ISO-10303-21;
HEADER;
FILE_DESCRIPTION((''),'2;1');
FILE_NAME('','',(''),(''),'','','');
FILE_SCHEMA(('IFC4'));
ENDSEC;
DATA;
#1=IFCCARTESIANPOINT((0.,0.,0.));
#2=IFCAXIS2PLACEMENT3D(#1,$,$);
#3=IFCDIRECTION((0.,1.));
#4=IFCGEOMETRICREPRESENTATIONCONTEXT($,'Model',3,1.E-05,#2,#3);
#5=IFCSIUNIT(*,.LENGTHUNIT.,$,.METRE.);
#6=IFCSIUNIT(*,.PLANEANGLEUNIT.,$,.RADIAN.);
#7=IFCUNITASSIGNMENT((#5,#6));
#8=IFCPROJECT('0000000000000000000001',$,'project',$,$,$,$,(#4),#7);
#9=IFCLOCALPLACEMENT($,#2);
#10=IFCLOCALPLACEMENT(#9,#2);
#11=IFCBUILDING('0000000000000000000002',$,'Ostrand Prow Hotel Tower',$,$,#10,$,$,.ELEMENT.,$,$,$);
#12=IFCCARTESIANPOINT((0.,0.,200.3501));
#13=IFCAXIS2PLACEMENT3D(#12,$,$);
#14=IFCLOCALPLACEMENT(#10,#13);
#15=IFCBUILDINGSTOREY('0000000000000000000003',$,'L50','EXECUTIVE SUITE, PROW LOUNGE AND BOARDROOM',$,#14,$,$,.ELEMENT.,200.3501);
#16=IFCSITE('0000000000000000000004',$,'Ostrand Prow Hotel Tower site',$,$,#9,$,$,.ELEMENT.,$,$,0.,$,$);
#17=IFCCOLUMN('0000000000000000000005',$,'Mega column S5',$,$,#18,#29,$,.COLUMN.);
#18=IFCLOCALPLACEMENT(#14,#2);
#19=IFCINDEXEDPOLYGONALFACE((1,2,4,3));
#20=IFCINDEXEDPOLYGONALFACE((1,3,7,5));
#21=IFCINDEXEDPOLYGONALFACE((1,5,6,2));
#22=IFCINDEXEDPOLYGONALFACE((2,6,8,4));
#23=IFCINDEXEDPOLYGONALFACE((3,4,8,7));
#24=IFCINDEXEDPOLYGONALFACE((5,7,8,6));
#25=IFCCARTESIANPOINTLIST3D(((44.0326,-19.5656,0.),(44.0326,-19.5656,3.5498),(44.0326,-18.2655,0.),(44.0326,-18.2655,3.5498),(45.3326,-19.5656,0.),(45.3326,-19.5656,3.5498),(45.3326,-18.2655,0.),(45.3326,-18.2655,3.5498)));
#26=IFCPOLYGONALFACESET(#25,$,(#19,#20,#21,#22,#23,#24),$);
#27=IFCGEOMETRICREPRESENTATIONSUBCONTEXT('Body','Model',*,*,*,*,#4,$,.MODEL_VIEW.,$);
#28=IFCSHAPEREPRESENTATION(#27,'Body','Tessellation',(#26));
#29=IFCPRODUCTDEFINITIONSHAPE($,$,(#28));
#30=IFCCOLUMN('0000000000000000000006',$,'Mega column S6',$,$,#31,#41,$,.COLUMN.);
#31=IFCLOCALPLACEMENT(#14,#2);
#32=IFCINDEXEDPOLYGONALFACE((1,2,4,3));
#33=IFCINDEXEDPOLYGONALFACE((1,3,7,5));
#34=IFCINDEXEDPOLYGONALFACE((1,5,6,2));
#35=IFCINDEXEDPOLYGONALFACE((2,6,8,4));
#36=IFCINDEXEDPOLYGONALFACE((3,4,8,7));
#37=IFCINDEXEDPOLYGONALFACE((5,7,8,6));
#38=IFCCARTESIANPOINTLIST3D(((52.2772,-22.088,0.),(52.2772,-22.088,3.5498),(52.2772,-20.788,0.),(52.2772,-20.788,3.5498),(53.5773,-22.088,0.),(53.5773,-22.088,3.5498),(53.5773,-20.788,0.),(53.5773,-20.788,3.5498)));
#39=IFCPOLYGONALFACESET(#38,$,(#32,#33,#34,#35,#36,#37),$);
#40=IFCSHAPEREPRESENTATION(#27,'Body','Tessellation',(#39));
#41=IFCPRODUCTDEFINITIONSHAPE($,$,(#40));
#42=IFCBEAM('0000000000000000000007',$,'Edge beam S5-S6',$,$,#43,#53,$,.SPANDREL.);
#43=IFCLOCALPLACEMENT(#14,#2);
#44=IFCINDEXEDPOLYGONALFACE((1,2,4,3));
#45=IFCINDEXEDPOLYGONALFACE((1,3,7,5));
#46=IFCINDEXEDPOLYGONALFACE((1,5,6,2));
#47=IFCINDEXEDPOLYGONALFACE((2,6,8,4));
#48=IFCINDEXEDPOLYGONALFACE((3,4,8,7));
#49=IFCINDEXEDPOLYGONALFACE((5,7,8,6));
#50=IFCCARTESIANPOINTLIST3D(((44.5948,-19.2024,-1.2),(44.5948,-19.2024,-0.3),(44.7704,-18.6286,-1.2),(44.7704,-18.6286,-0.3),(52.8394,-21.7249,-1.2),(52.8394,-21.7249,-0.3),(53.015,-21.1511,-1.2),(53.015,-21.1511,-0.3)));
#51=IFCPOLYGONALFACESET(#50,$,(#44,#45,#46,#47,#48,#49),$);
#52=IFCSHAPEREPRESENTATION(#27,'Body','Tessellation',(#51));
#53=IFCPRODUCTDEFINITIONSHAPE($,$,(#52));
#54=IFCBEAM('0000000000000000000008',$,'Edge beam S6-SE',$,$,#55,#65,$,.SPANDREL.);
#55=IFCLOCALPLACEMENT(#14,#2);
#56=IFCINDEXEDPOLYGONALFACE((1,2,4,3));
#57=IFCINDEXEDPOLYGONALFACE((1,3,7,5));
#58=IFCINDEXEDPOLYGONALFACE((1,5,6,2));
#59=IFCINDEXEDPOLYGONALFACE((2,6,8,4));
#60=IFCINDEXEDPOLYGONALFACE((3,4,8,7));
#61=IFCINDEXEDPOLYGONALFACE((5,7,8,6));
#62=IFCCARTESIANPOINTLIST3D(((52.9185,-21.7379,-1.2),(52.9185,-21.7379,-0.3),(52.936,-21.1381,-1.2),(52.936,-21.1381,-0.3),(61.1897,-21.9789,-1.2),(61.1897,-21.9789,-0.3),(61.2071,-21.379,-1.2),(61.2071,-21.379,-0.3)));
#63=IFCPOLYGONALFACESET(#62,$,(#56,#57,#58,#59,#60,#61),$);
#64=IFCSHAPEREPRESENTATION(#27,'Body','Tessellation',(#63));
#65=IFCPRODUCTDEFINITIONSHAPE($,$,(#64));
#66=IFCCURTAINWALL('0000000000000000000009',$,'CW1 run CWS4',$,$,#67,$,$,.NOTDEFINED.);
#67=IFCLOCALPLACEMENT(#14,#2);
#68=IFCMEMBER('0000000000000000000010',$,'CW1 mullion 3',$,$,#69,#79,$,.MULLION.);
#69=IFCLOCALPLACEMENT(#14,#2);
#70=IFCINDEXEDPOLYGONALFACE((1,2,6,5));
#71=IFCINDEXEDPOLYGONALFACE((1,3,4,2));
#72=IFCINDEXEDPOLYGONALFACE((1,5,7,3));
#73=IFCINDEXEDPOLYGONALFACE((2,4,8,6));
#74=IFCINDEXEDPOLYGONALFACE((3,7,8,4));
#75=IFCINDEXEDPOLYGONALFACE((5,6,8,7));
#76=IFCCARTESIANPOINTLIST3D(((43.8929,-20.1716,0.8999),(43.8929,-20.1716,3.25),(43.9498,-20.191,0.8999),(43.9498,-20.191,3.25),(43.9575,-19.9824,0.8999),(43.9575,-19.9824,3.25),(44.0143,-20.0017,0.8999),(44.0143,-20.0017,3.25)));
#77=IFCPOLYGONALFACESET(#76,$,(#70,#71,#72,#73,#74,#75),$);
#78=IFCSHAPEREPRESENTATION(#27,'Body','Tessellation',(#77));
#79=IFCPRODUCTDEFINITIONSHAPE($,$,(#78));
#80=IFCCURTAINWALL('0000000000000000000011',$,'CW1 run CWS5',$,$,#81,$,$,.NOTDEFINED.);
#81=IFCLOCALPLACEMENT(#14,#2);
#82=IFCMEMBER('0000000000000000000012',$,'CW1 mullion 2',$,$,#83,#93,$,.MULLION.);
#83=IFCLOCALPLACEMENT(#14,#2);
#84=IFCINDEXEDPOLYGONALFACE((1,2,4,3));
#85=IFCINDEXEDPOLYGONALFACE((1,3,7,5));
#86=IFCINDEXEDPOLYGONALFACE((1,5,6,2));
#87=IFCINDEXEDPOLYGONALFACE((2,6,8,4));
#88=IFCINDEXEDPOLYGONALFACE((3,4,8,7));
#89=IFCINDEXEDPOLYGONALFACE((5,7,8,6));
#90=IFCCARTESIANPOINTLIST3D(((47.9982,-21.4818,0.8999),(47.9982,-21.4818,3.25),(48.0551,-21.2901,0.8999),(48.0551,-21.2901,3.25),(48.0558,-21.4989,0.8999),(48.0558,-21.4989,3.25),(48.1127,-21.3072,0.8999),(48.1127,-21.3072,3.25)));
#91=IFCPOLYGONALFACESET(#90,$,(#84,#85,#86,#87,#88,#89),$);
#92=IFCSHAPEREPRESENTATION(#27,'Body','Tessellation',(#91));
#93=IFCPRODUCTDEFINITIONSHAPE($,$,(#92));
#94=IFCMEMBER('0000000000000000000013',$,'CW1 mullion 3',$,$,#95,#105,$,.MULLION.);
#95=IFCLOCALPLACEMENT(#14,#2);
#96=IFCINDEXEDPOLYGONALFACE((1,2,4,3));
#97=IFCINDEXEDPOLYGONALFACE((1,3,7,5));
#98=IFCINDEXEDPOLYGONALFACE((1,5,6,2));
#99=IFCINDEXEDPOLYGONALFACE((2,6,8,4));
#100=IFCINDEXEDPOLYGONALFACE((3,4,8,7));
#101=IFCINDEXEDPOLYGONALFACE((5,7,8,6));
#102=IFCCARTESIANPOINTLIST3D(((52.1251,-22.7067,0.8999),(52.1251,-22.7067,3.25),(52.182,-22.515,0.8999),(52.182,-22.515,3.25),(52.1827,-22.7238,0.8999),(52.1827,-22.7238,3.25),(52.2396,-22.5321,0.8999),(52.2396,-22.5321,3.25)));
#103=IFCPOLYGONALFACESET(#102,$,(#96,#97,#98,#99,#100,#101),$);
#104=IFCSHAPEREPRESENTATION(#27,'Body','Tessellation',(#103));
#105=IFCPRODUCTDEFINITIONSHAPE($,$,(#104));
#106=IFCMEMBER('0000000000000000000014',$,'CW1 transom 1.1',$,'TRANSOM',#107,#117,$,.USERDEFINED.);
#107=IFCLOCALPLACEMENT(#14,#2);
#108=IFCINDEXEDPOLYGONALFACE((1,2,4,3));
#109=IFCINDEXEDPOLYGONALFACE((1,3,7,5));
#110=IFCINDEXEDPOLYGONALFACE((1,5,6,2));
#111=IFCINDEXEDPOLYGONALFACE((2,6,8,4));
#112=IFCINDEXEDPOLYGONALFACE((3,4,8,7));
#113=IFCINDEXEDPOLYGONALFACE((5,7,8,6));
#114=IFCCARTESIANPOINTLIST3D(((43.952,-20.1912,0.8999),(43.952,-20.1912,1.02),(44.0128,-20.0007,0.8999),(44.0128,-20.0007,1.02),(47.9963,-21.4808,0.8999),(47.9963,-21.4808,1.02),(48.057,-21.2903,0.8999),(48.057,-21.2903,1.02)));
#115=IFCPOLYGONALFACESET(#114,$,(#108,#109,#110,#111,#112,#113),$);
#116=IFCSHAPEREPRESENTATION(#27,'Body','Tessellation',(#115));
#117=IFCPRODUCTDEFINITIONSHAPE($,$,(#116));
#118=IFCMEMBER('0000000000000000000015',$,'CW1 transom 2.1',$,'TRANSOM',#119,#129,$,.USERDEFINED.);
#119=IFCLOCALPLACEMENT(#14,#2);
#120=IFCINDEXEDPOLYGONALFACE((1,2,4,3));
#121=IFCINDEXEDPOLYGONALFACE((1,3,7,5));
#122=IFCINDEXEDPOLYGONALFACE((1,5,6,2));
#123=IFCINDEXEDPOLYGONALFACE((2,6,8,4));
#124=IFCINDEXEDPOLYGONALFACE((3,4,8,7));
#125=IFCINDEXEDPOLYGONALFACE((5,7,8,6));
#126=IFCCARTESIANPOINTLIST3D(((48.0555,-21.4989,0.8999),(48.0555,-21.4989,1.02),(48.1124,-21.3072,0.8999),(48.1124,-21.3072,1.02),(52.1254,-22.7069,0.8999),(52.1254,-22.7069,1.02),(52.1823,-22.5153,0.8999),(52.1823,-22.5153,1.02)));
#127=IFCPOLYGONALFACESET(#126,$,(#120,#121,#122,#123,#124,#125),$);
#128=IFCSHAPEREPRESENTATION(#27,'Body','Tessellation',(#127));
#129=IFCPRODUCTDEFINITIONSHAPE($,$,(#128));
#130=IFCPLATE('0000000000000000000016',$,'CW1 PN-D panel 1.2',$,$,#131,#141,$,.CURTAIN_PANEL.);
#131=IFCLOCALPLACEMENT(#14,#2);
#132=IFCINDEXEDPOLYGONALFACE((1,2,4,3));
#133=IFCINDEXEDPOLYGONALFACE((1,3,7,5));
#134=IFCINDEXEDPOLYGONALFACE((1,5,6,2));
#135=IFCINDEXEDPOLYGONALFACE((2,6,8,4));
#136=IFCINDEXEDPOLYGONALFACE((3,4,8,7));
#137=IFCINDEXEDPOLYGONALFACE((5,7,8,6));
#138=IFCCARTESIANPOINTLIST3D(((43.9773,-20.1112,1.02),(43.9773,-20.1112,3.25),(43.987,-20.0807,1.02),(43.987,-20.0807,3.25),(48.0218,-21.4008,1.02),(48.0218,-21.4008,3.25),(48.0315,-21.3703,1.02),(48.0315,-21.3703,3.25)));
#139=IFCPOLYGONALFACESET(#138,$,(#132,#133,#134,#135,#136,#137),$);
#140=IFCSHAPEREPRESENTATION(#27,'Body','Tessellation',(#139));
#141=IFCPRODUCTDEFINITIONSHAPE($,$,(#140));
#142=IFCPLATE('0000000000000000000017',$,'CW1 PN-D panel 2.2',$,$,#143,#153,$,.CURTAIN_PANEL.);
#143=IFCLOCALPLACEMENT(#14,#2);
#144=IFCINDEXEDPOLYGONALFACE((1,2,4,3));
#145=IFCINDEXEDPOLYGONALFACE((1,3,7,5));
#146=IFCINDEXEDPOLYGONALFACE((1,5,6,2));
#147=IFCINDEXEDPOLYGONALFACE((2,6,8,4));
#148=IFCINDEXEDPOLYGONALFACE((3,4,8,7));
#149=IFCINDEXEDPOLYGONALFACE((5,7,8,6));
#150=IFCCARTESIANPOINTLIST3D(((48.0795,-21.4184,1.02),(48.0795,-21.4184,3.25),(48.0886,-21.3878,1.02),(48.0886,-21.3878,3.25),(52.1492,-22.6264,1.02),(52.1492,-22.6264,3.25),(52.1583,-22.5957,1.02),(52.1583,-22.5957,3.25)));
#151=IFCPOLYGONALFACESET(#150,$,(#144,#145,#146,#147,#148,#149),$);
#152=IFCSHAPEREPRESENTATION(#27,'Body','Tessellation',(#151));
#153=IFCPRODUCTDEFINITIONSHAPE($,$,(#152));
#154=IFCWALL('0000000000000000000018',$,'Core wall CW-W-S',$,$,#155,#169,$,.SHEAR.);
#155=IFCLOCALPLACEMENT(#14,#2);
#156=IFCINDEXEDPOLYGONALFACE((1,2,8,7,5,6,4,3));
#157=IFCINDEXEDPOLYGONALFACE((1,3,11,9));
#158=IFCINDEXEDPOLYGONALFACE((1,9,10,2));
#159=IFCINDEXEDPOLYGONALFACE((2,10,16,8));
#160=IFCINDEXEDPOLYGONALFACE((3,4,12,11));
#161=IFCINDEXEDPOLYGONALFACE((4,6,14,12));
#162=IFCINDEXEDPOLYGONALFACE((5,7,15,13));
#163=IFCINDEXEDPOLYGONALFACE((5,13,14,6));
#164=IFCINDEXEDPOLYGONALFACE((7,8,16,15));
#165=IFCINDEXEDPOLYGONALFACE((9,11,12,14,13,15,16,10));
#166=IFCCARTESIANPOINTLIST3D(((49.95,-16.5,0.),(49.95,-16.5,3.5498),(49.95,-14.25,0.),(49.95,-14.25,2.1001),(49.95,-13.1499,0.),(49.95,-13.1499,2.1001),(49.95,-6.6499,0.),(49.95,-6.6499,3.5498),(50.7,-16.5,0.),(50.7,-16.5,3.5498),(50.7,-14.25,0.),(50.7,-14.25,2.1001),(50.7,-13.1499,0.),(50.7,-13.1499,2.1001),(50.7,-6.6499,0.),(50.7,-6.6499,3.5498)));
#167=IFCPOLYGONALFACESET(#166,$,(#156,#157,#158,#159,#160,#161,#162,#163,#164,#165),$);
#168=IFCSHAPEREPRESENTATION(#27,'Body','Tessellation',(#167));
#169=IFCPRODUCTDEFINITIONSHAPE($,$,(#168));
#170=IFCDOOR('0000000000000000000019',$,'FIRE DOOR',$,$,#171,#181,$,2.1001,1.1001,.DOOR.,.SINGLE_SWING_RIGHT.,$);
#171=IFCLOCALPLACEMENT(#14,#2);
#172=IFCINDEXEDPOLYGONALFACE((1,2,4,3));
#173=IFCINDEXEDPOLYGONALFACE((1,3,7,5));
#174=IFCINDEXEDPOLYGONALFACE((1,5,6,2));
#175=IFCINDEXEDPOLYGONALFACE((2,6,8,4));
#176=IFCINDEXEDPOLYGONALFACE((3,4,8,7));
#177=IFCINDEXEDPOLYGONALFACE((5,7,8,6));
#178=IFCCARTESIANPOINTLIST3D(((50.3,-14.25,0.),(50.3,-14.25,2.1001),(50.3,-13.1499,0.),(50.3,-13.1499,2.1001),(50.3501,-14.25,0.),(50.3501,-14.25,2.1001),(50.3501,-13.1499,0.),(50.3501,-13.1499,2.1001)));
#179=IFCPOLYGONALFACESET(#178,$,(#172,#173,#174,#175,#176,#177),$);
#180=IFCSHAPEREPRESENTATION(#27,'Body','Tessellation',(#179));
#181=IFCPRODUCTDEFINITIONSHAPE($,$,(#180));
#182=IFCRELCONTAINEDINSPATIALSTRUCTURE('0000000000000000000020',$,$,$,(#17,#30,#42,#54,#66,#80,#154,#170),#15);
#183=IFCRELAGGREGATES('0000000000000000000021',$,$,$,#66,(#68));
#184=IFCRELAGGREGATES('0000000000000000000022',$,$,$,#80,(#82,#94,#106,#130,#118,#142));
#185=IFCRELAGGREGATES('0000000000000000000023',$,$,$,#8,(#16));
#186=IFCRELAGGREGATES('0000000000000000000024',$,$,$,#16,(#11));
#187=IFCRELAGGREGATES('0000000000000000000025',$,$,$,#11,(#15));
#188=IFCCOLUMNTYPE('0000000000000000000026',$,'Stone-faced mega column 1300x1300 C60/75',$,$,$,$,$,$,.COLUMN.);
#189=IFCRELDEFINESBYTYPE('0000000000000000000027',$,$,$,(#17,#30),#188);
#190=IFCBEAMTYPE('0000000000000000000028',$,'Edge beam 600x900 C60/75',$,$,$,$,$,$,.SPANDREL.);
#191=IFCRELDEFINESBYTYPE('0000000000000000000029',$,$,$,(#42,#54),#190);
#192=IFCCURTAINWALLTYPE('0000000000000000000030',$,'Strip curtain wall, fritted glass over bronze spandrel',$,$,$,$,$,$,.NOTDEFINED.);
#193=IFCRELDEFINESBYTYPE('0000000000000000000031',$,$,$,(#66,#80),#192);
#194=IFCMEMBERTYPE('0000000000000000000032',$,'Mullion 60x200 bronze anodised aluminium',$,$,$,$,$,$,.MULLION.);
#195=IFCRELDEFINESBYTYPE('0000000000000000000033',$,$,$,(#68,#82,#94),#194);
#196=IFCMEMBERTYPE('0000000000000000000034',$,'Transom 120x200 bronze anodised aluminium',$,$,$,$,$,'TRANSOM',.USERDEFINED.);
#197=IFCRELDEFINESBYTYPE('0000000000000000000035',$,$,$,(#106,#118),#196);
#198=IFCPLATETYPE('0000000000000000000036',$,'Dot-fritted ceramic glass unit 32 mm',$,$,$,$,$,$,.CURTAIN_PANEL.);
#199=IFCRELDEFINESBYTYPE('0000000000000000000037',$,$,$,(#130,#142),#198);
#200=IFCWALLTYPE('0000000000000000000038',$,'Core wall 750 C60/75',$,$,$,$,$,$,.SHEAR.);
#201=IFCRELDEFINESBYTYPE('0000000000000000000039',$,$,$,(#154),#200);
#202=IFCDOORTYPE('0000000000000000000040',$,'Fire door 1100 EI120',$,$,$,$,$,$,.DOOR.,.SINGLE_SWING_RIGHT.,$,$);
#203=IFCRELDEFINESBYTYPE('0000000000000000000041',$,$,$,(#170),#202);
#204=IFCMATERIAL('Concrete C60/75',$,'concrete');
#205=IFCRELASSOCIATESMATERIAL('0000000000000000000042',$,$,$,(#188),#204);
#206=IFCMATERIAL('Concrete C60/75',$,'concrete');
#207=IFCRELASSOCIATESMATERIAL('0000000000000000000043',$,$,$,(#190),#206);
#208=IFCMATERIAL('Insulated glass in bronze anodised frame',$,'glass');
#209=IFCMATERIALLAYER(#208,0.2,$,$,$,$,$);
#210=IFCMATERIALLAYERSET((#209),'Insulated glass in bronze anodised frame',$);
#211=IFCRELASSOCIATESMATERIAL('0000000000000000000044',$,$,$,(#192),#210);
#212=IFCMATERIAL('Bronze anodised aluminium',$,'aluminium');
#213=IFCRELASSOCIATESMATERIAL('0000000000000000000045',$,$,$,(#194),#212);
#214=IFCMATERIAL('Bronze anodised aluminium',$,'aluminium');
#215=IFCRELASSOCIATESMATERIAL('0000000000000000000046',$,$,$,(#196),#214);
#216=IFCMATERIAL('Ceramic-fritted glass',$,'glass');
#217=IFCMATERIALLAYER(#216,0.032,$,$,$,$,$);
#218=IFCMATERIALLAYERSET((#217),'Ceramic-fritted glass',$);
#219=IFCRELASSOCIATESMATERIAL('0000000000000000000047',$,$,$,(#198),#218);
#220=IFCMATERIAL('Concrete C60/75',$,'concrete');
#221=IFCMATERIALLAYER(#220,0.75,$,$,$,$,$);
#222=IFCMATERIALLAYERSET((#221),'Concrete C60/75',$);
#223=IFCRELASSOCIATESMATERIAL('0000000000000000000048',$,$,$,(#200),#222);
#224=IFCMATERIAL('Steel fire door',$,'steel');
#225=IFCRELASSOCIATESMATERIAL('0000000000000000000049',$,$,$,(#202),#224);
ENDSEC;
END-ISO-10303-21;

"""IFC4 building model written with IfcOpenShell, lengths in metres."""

from ifc_helpers import new_model, si_unit, direction, frame, frame_2d, origin, origin_2d, place, context, subcontext, project, spatial, rectangle, extrude, material, layer, layer_set, material_profile, profile_set, type_object, element, fill, aggregate, save


model = new_model("IFC4")

# Units and contexts
model_context = context("Model", 3, precision=1e-05, world=origin(), true_north=direction((0.0, 1.0)))
body_context = subcontext(model_context, "Body", "Model", "MODEL_VIEW")
ifc_project = project(units=[si_unit("LENGTHUNIT", "METRE"), si_unit("PLANEANGLEUNIT", "RADIAN")], contexts=[model_context])

# Site, building, storey
site_placement = place(None, origin())
site = spatial("IfcSite", under=ifc_project, at=site_placement, Name="Ostrand Prow Hotel Tower site", CompositionType="ELEMENT", RefElevation=0.0)
building_placement = place(site_placement, origin())
building = spatial("IfcBuilding", under=site, at=building_placement, Name="Ostrand Prow Hotel Tower", CompositionType="ELEMENT")
storey_placement = place(building_placement, frame((0.0, 0.0, 200.3501)))
storey = spatial("IfcBuildingStorey", under=building, at=storey_placement, Name="L50", Description="EXECUTIVE SUITE, PROW LOUNGE AND BOARDROOM", CompositionType="ELEMENT", Elevation=200.3501)

# Columns
ifc_material_1 = material(Name="Concrete C60/75", Category="concrete")
ifc_material_profile_1 = material_profile(ifc_material_1, rectangle(XDim=1.3, YDim=1.3, at=origin_2d()), Name="RC 1300x1300")
ifc_profile_set_1 = profile_set([ifc_material_profile_1], Name="Concrete C60/75")
column_type = type_object("IfcColumnType", Name="Stone-faced mega column 1300x1300 C60/75", PredefinedType="COLUMN", material=ifc_profile_set_1)
for number, where, z_axis, x_axis, name in (
    (1, (44.6826, -18.9155, 0.0), (0.0, 0.0, 1.0), (1.0, 0.0, 0.0), "Mega column S5"),
    (2, (52.9272, -21.438, 0.0), (0.0, 0.0, 1.0), (1.0, 0.0, 0.0), "Mega column S6"),
):
    element("IfcColumn", number, at=place(storey_placement, frame(where, z_axis=z_axis, x_axis=x_axis)), inside=storey, type_object=column_type, Name=name, PredefinedType="COLUMN", context=body_context, shape_type="SweptSolid", body=[
        extrude(rectangle(XDim=1.3, YDim=1.3, at=origin_2d()), origin(), (0.0, 0.0, 1.0), 3.5498),
    ])

# Beams
ifc_material_2 = material(Name="Concrete C60/75", Category="concrete")
ifc_material_profile_2 = material_profile(ifc_material_2, rectangle(XDim=0.6001, YDim=0.8999, at=origin_2d()), Name="RC 600x900")
ifc_profile_set_2 = profile_set([ifc_material_profile_2], Name="Concrete C60/75")
beam_type = type_object("IfcBeamType", Name="Edge beam 600x900 C60/75", PredefinedType="SPANDREL", material=ifc_profile_set_2)
beam_1_placement = place(storey_placement, frame((44.6826, -18.9155, -0.75), z_axis=(0.956246, -0.292565, 0.0), x_axis=(0.292565, 0.956246, 0.0)))
element("IfcBeam", 3, at=beam_1_placement, inside=storey, type_object=beam_type, Name="Edge beam S5-S6", PredefinedType="SPANDREL", context=body_context, shape_type="SweptSolid", body=[
    extrude(rectangle(XDim=0.6001, YDim=0.8999, at=origin_2d()), origin(), (0.0, 0.0, 1.0), 8.6218),
])
beam_2_placement = place(storey_placement, frame((52.9272, -21.438, -0.75), z_axis=(0.999576, -0.029121, 0.0), x_axis=(0.029121, 0.999576, 0.0)))
element("IfcBeam", 4, at=beam_2_placement, inside=storey, type_object=beam_type, Name="Edge beam S6-SE", PredefinedType="SPANDREL", context=body_context, shape_type="SweptSolid", body=[
    extrude(rectangle(XDim=0.6001, YDim=0.8999, at=origin_2d()), origin(), (0.0, 0.0, 1.0), 8.2747),
])

# Curtain wall, member
ifc_material_3 = material(Name="Insulated glass in bronze anodised frame", Category="glass")
ifc_layer_1 = layer(ifc_material_3, 0.2)
ifc_layer_set_1 = layer_set([ifc_layer_1], Name="Insulated glass in bronze anodised frame")
curtain_wall_type = type_object("IfcCurtainWallType", Name="Strip curtain wall, fritted glass over bronze spandrel", PredefinedType="NOTDEFINED", material=ifc_layer_set_1)
curtain_wall_1_placement = place(storey_placement, origin())
curtain_wall_1 = element("IfcCurtainWall", 5, at=curtain_wall_1_placement, inside=storey, type_object=curtain_wall_type, Name="CW1 run CWS4", PredefinedType="NOTDEFINED")
ifc_material_4 = material(Name="Bronze anodised aluminium", Category="aluminium")
ifc_material_profile_3 = material_profile(ifc_material_4, rectangle(XDim=0.2, YDim=0.0601, at=origin_2d()), Name="Mullion 60x200 bronze anodised aluminium")
ifc_profile_set_3 = profile_set([ifc_material_profile_3], Name="Bronze anodised aluminium")
member_type_1 = type_object("IfcMemberType", Name="Mullion 60x200 bronze anodised aluminium", PredefinedType="MULLION", material=ifc_profile_set_3)
member_1_placement = place(storey_placement, frame((43.9536, -20.0867, 0.8999), z_axis=(0.0, 0.0, 1.0), x_axis=(0.322908, 0.94643, 0.0)))
member_1 = element("IfcMember", 6, at=member_1_placement, type_object=member_type_1, Name="CW1 mullion 3", PredefinedType="MULLION", context=body_context, shape_type="SweptSolid", body=[
    extrude(rectangle(XDim=0.2, YDim=0.0601, at=origin_2d()), origin(), (0.0, 0.0, 1.0), 2.3501),
])
aggregate(curtain_wall_1, [member_1])

# Curtain wall, members, plates
curtain_wall_2_placement = place(storey_placement, origin())
curtain_wall_2 = element("IfcCurtainWall", 7, at=curtain_wall_2_placement, inside=storey, type_object=curtain_wall_type, Name="CW1 run CWS5", PredefinedType="NOTDEFINED")
member_2_placement = place(storey_placement, frame((48.0554, -21.3945, 0.8999), z_axis=(0.0, 0.0, 1.0), x_axis=(0.284544, 0.958663, 0.0)))
member_2 = element("IfcMember", 8, at=member_2_placement, type_object=member_type_1, Name="CW1 mullion 2", PredefinedType="MULLION", context=body_context, shape_type="SweptSolid", body=[
    extrude(rectangle(XDim=0.2, YDim=0.0601, at=origin_2d()), origin(), (0.0, 0.0, 1.0), 2.3501),
])
member_3_placement = place(storey_placement, frame((52.1824, -22.6194, 0.8999), z_axis=(0.0, 0.0, 1.0), x_axis=(0.284544, 0.958663, 0.0)))
member_3 = element("IfcMember", 9, at=member_3_placement, type_object=member_type_1, Name="CW1 mullion 3", PredefinedType="MULLION", context=body_context, shape_type="SweptSolid", body=[
    extrude(rectangle(XDim=0.2, YDim=0.0601, at=origin_2d()), origin(), (0.0, 0.0, 1.0), 2.3501),
])
ifc_material_5 = material(Name="Bronze anodised aluminium", Category="aluminium")
ifc_material_profile_4 = material_profile(ifc_material_5, rectangle(XDim=0.2, YDim=0.1201, at=origin_2d()), Name="Transom 120x200 bronze anodised aluminium")
ifc_profile_set_4 = profile_set([ifc_material_profile_4], Name="Bronze anodised aluminium")
member_type_2 = type_object("IfcMemberType", Name="Transom 120x200 bronze anodised aluminium", ElementType="TRANSOM", PredefinedType="USERDEFINED", material=ifc_profile_set_4)
member_4_placement = place(storey_placement, frame((43.9824, -20.0959, 0.96), z_axis=(0.952738, -0.303795, 0.0), x_axis=(0.303795, 0.952738, 0.0)))
member_4 = element("IfcMember", 10, at=member_4_placement, type_object=member_type_2, Name="CW1 transom 1.1", ObjectType="TRANSOM", PredefinedType="USERDEFINED", context=body_context, shape_type="SweptSolid", body=[
    extrude(rectangle(XDim=0.2, YDim=0.1201, at=origin_2d()), origin(), (0.0, 0.0, 1.0), 4.2449),
])
member_5_placement = place(storey_placement, frame((48.084, -21.4031, 0.96), z_axis=(0.958661, -0.28455, 0.0), x_axis=(0.28455, 0.958661, 0.0)))
member_5 = element("IfcMember", 11, at=member_5_placement, type_object=member_type_2, Name="CW1 transom 2.1", ObjectType="TRANSOM", PredefinedType="USERDEFINED", context=body_context, shape_type="SweptSolid", body=[
    extrude(rectangle(XDim=0.2, YDim=0.1201, at=origin_2d()), origin(), (0.0, 0.0, 1.0), 4.2454),
])
ifc_material_6 = material(Name="Ceramic-fritted glass", Category="glass")
ifc_layer_2 = layer(ifc_material_6, 0.032)
ifc_layer_set_2 = layer_set([ifc_layer_2], Name="Ceramic-fritted glass")
plate_type = type_object("IfcPlateType", Name="Dot-fritted ceramic glass unit 32 mm", PredefinedType="CURTAIN_PANEL", material=ifc_layer_set_2)
plate_1_placement = place(storey_placement, frame((46.0044, -20.7407, 1.02), z_axis=(0.0, 0.0, 1.0), x_axis=(0.95274, -0.303787, 0.0)))
plate_1 = element("IfcPlate", 12, at=plate_1_placement, type_object=plate_type, Name="CW1 PN-D panel 1.2", PredefinedType="CURTAIN_PANEL", context=body_context, shape_type="SweptSolid", body=[
    extrude(rectangle(XDim=4.2451, YDim=0.032, at=origin_2d()), origin(), (0.0, 0.0, 1.0), 2.23),
])
plate_2_placement = place(storey_placement, frame((50.1189, -22.0071, 1.02), z_axis=(0.0, 0.0, 1.0), x_axis=(0.958663, -0.284544, 0.0)))
plate_2 = element("IfcPlate", 13, at=plate_2_placement, type_object=plate_type, Name="CW1 PN-D panel 2.2", PredefinedType="CURTAIN_PANEL", context=body_context, shape_type="SweptSolid", body=[
    extrude(rectangle(XDim=4.2451, YDim=0.032, at=origin_2d()), origin(), (0.0, 0.0, 1.0), 2.23),
])
aggregate(curtain_wall_2, [member_2, member_3, member_4, plate_1, member_5, plate_2])

# Wall, opening, door
ifc_material_7 = material(Name="Concrete C60/75", Category="concrete")
ifc_layer_3 = layer(ifc_material_7, 0.75)
ifc_layer_set_3 = layer_set([ifc_layer_3], Name="Concrete C60/75")
wall_type_1 = type_object("IfcWallType", Name="Core wall 750 C60/75", PredefinedType="SHEAR", material=ifc_layer_set_3)
wall_1_placement = place(storey_placement, frame((50.325, -16.5, 0.0), z_axis=(0.0, 0.0, 1.0), x_axis=(0.0, 1.0, 0.0)))
wall_1 = element("IfcWall", 14, at=wall_1_placement, inside=storey, type_object=wall_type_1, Name="Core wall CW-W-S", PredefinedType="SHEAR", context=body_context, shape_type="SweptSolid", body=[
    extrude(rectangle(XDim=9.8501, YDim=0.75, at=frame_2d((4.925, 0.0))), origin(), (0.0, 0.0, 1.0), 3.5498),
])
opening_1_placement = place(wall_1_placement, frame((2.25, 0.0, 0.0)))
opening_1 = element("IfcOpeningElement", 15, at=opening_1_placement, cuts=wall_1, PredefinedType="OPENING", context=body_context, shape_type="SweptSolid", body=[
    extrude(rectangle(XDim=1.1001, YDim=2.1001, at=frame_2d((0.55, 1.05))), frame((0.0, 0.385, 0.0), z_axis=(0.0, -1.0, 0.0), x_axis=(1.0, 0.0, 0.0)), (0.0, 0.0, 1.0), 0.77),
])
ifc_material_8 = material(Name="Steel fire door", Category="steel")
door_type_1 = type_object("IfcDoorType", Name="Fire door 1100 EI120", OperationType="SINGLE_SWING_RIGHT", PredefinedType="DOOR", material=ifc_material_8)
door_1_placement = place(opening_1_placement, origin())
door_1 = element("IfcDoor", 16, at=door_1_placement, inside=storey, type_object=door_type_1, Name="FIRE DOOR", OperationType="SINGLE_SWING_RIGHT", OverallHeight=2.1001, OverallWidth=1.1001, PredefinedType="DOOR", context=body_context, shape_type="SweptSolid", body=[
    extrude(rectangle(XDim=1.1001, YDim=2.1001, at=frame_2d((0.55, 1.05))), frame((0.0, 0.0249, 0.0), z_axis=(0.0, -1.0, 0.0), x_axis=(1.0, 0.0, 0.0)), (0.0, 0.0, 1.0), 0.05),
])
fill(opening_1, door_1)

save(model, "model.ifc")
